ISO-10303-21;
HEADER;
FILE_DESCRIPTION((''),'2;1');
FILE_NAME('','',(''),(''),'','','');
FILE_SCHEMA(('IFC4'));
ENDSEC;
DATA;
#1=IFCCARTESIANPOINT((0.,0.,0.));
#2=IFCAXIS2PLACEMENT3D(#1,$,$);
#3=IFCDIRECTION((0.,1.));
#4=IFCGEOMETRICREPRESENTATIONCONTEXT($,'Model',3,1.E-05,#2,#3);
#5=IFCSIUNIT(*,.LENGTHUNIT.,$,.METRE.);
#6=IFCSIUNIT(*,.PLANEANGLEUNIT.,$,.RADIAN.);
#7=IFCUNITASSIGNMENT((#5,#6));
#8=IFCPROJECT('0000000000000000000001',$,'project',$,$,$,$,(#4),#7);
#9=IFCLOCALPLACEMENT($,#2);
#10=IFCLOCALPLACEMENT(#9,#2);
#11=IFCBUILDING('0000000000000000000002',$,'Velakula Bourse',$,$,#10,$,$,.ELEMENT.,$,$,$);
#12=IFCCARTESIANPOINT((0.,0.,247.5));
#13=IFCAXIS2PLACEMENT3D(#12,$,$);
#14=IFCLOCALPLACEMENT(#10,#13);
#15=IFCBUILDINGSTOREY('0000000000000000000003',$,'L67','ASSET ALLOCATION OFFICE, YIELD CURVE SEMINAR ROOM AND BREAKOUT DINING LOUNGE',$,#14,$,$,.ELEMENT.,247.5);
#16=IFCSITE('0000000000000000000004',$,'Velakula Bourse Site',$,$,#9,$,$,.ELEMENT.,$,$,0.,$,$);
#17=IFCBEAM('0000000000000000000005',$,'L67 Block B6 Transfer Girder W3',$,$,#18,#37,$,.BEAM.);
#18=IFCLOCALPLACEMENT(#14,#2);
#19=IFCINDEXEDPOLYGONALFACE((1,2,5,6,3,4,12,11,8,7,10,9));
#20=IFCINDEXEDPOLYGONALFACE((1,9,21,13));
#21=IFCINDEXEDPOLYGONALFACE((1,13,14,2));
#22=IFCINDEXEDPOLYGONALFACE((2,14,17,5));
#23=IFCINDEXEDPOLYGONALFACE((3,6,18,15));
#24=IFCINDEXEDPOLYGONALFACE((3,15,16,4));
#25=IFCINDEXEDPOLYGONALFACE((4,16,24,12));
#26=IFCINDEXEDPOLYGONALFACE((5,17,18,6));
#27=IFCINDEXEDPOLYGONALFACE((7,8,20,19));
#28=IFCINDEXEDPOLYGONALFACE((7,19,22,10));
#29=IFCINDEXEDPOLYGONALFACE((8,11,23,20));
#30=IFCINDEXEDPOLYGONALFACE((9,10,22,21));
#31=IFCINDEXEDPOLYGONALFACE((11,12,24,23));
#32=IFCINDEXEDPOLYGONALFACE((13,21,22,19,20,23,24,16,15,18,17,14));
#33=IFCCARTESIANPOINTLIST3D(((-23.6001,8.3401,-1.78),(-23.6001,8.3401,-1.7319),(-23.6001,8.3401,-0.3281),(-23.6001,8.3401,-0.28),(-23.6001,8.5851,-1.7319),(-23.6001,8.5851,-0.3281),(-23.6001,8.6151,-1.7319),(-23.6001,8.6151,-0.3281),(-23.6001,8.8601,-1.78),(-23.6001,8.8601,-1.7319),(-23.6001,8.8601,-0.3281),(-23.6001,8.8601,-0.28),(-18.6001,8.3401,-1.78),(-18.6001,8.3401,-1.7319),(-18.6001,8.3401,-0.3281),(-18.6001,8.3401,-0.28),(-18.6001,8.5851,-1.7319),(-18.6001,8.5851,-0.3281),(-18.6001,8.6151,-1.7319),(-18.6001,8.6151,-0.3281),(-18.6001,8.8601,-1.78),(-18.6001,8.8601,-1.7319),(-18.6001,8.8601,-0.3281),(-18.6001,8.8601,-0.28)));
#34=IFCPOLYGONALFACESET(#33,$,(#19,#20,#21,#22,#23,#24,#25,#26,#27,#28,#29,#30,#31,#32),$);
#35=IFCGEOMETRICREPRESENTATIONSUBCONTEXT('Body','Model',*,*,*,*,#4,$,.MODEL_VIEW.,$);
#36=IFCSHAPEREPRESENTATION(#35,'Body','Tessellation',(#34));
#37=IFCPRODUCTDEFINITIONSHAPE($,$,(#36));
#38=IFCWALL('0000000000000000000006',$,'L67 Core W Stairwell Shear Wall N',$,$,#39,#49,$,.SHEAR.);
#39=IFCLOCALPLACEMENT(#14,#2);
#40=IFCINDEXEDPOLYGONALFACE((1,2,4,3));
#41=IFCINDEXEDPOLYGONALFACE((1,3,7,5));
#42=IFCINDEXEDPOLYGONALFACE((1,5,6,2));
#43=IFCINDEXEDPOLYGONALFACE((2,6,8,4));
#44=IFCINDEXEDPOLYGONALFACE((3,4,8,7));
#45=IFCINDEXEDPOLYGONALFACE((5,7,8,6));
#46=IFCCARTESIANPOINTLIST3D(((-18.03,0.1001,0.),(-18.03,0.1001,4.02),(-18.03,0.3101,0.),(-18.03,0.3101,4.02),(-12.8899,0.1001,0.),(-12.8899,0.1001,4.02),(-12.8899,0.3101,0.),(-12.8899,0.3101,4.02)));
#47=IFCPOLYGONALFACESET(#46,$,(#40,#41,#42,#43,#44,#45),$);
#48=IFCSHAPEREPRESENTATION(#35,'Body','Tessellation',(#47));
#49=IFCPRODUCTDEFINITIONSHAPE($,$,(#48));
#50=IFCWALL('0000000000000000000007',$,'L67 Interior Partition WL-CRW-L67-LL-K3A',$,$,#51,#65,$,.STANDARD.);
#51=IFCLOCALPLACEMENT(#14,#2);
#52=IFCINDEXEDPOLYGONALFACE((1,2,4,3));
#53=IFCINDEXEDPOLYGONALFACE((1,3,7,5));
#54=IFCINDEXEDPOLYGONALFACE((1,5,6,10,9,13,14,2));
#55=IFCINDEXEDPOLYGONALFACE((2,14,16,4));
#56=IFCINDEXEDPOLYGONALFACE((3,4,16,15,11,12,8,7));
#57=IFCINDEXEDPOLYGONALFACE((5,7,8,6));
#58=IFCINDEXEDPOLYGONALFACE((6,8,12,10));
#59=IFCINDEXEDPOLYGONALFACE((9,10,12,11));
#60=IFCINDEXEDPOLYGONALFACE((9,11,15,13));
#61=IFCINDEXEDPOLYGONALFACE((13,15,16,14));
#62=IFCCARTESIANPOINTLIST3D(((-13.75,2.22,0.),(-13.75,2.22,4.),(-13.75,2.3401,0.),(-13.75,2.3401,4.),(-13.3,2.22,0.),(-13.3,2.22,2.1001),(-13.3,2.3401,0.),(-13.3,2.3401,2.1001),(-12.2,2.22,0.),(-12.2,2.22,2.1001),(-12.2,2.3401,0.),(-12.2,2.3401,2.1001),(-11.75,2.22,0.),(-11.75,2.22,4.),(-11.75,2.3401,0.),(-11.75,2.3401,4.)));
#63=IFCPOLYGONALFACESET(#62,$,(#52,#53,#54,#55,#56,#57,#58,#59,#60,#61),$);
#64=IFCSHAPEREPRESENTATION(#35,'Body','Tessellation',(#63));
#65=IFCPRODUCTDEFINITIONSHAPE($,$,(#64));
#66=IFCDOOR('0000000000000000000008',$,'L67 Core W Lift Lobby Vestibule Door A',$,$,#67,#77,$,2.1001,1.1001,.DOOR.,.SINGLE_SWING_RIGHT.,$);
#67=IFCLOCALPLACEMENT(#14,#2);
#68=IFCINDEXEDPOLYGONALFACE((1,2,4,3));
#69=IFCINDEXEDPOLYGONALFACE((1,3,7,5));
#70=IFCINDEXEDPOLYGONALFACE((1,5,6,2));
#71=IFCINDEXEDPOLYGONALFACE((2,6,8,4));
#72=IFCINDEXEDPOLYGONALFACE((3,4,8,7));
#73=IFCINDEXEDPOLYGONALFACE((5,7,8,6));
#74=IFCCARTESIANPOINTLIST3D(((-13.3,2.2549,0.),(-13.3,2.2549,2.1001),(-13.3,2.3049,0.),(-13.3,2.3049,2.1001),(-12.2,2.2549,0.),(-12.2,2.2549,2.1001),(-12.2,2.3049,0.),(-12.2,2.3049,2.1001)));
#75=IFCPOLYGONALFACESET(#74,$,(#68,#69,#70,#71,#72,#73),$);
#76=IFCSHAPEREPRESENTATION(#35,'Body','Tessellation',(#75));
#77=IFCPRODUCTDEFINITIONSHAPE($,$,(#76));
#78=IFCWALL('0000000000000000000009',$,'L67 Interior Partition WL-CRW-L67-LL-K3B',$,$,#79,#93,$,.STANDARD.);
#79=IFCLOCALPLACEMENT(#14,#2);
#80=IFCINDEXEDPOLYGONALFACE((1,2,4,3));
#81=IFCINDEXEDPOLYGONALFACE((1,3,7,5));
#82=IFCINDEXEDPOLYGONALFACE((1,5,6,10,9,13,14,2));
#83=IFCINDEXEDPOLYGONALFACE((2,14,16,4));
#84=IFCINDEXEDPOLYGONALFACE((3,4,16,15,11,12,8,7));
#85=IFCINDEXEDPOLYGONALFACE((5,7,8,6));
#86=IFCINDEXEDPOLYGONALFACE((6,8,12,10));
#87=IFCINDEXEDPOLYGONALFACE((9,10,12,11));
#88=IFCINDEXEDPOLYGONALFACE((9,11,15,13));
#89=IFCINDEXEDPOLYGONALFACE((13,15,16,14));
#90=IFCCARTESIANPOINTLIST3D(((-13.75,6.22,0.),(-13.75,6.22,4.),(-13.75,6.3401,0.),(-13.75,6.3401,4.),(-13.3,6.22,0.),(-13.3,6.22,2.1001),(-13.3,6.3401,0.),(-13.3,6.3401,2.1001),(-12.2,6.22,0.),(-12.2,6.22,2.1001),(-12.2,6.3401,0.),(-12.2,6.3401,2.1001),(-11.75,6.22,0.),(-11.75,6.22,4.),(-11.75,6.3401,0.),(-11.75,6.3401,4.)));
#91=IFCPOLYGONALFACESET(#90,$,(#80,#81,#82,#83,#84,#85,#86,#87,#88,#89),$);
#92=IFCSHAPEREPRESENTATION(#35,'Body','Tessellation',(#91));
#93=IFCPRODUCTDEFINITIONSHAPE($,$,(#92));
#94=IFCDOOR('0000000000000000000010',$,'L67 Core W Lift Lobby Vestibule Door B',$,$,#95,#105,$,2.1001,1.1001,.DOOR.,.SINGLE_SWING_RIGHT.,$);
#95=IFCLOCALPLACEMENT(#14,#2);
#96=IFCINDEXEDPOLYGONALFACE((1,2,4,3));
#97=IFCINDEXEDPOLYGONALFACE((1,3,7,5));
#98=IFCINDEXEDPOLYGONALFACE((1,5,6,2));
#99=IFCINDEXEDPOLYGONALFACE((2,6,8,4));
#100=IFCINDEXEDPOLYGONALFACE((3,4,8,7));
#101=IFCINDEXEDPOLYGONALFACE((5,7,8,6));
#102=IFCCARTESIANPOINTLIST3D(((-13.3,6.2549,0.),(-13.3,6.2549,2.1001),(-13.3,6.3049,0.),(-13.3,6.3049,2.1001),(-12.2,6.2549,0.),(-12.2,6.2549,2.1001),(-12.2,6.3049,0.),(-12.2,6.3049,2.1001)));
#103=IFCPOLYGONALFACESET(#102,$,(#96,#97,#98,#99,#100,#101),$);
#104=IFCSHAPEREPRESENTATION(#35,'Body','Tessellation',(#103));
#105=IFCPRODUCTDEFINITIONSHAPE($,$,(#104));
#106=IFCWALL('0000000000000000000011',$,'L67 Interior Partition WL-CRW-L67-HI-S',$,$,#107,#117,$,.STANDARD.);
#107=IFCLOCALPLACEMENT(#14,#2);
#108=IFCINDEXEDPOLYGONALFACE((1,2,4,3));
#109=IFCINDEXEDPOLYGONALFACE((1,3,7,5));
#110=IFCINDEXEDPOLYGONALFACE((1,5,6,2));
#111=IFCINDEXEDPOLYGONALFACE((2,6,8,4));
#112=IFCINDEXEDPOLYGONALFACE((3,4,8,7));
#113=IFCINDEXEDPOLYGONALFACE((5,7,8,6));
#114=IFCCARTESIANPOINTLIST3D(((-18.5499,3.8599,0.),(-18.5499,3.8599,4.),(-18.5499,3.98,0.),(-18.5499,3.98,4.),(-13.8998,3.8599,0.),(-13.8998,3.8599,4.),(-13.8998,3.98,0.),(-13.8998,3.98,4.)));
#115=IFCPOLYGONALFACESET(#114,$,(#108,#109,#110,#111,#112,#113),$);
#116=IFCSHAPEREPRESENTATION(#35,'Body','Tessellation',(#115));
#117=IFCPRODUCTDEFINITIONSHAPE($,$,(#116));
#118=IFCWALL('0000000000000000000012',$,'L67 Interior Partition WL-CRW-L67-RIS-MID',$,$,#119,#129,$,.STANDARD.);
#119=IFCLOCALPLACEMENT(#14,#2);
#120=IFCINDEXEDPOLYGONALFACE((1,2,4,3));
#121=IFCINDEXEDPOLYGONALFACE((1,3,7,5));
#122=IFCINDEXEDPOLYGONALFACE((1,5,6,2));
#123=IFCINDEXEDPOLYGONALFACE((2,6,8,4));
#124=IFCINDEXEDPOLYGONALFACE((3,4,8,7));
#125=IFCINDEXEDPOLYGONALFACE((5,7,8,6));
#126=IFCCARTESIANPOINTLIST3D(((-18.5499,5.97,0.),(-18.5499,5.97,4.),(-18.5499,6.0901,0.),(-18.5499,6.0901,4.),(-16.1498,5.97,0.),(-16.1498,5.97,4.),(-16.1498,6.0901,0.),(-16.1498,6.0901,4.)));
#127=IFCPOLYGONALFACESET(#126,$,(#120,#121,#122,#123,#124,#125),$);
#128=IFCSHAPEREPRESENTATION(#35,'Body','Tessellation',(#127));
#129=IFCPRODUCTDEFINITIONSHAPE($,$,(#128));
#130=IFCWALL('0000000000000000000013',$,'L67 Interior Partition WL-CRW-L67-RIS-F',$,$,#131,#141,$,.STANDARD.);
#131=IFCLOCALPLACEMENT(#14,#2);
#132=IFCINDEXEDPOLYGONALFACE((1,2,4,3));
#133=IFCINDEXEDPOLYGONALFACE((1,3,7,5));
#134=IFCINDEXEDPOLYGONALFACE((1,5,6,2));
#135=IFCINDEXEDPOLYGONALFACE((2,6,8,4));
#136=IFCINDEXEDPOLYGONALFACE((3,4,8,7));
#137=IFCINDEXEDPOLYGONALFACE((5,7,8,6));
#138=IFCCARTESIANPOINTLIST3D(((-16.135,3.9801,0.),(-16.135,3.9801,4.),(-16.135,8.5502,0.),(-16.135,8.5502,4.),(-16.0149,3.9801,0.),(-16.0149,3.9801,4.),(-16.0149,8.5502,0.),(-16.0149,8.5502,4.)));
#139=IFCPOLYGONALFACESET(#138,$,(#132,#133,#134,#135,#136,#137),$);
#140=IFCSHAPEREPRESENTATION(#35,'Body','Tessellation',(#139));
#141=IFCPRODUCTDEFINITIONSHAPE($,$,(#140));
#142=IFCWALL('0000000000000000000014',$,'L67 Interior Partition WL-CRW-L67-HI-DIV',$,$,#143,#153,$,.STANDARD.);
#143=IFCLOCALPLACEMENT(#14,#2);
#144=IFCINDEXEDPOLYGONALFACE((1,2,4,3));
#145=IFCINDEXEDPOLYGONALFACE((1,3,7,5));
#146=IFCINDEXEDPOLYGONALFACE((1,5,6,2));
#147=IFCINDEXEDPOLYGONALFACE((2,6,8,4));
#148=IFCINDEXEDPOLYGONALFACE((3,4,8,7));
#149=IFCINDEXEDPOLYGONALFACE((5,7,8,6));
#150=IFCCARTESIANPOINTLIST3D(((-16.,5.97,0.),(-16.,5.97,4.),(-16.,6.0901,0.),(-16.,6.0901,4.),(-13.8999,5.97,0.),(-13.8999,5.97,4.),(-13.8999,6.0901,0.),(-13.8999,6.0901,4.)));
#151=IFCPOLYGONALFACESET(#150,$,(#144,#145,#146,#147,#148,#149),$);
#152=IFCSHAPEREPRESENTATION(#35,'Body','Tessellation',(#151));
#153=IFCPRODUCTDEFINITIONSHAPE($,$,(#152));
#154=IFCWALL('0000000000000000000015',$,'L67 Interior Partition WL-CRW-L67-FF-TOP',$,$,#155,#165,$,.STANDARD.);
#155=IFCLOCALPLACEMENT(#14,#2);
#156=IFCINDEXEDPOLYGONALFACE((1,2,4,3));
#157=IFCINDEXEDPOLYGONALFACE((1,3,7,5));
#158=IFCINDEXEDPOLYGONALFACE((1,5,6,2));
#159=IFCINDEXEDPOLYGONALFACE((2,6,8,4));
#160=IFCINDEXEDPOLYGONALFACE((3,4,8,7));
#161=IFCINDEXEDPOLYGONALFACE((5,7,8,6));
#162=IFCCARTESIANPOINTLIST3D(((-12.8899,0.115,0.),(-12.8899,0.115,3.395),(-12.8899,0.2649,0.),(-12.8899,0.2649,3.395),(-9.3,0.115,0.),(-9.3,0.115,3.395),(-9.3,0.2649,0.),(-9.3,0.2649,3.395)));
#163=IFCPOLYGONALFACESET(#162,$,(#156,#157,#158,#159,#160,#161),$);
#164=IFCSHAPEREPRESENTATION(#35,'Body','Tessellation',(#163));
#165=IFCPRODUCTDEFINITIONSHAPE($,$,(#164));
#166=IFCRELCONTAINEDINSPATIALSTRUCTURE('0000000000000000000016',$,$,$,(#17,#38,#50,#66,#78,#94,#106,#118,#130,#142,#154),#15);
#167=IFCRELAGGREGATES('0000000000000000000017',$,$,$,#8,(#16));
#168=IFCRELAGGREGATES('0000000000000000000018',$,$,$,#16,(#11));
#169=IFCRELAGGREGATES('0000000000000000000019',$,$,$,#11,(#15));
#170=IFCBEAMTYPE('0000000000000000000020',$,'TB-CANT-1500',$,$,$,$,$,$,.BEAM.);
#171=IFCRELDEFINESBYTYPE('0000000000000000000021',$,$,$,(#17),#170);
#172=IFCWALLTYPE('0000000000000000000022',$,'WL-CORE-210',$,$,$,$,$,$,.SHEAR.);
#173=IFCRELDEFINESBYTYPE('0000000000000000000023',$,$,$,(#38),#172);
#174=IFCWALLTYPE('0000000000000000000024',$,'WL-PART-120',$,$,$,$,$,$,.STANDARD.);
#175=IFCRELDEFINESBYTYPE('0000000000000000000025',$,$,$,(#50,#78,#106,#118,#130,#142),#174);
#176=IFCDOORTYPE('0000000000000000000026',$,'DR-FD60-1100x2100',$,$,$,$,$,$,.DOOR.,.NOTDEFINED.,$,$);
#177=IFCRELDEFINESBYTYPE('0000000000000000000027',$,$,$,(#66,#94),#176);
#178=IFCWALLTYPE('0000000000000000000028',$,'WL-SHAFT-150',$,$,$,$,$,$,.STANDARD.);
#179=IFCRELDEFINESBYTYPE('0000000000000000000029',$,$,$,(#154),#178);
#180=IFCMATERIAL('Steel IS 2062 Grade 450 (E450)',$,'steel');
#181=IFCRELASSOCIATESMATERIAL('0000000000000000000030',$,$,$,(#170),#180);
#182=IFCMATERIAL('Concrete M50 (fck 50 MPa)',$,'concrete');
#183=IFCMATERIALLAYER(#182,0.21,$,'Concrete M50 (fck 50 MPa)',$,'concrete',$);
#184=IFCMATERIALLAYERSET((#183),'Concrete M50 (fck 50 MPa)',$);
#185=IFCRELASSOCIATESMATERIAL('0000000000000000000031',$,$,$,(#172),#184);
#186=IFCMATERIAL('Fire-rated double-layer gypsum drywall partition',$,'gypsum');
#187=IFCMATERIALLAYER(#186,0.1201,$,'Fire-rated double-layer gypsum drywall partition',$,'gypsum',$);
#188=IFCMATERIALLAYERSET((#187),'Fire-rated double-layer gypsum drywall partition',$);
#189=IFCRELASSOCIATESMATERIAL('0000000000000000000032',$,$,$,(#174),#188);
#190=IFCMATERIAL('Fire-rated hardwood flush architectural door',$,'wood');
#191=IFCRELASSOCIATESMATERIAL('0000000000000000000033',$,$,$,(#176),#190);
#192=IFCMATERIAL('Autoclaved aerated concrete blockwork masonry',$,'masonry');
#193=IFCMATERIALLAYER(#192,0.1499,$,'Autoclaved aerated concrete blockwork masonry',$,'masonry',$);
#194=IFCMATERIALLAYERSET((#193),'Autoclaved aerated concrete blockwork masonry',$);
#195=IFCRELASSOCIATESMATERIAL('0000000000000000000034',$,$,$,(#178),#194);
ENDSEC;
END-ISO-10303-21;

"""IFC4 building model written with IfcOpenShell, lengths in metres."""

from ifc_helpers import new_model, si_unit, direction, frame, frame_2d, origin, origin_2d, place, context, subcontext, project, spatial, rectangle, i_section, extrude, material, layer, layer_set, material_profile, profile_set, type_object, element, fill, save


model = new_model("IFC4")

# Units and contexts
model_context = context("Model", 3, precision=1e-05, world=origin(), true_north=direction((0.0, 1.0)))
body_context = subcontext(model_context, "Body", "Model", "MODEL_VIEW")
ifc_project = project(units=[si_unit("LENGTHUNIT", "METRE"), si_unit("PLANEANGLEUNIT", "RADIAN")], contexts=[model_context])

# Site, building, storey
site_placement = place(None, origin())
site = spatial("IfcSite", under=ifc_project, at=site_placement, Name="Velakula Bourse Site", CompositionType="ELEMENT", RefElevation=0.0)
building_placement = place(site_placement, origin())
building = spatial("IfcBuilding", under=site, at=building_placement, Name="Velakula Bourse", CompositionType="ELEMENT")
storey_placement = place(building_placement, frame((0.0, 0.0, 247.5)))
storey = spatial("IfcBuildingStorey", under=building, at=storey_placement, Name="L67", Description="ASSET ALLOCATION OFFICE, YIELD CURVE SEMINAR ROOM AND BREAKOUT DINING LOUNGE", CompositionType="ELEMENT", Elevation=247.5)

# Shared definitions
ifc_material_1 = material(Name="Concrete M50 (fck 50 MPa)", Category="concrete")

# Beam
ifc_material_2 = material(Name="Steel IS 2062 Grade 450 (E450)", Category="steel")
ifc_material_profile_1 = material_profile(ifc_material_2, i_section(OverallWidth=0.52, OverallDepth=1.5, WebThickness=0.03, FlangeThickness=0.0481, at=origin_2d()), Name="Steel IS 2062 Grade 450 (E450)")
ifc_profile_set_1 = profile_set([ifc_material_profile_1], Name="Steel IS 2062 Grade 450 (E450)")
beam_type_1 = type_object("IfcBeamType", Name="TB-CANT-1500", PredefinedType="BEAM", material=ifc_profile_set_1)
beam_1_placement = place(storey_placement, frame((-23.6001, 8.6001, -1.03), z_axis=(1.0, 0.0, 0.0), x_axis=(0.0, 1.0, 0.0)))
element("IfcBeam", 1, at=beam_1_placement, inside=storey, type_object=beam_type_1, Name="L67 Block B6 Transfer Girder W3", PredefinedType="BEAM", context=body_context, shape_type="SweptSolid", body=[
    extrude(i_section(OverallWidth=0.52, OverallDepth=1.5, WebThickness=0.03, FlangeThickness=0.0481, at=origin_2d()), origin(), (0.0, 0.0, 1.0), 5.0),
])

# Wall
ifc_layer_1 = layer(ifc_material_1, 0.21, Name="Concrete M50 (fck 50 MPa)", Category="concrete")
ifc_layer_set_1 = layer_set([ifc_layer_1], Name="Concrete M50 (fck 50 MPa)")
wall_type_1 = type_object("IfcWallType", Name="WL-CORE-210", PredefinedType="SHEAR", material=ifc_layer_set_1)
wall_1_placement = place(storey_placement, frame((-12.8899, 0.2051, 0.0), z_axis=(0.0, 0.0, 1.0), x_axis=(-1.0, 0.0, 0.0)))
element("IfcWall", 2, at=wall_1_placement, inside=storey, type_object=wall_type_1, Name="L67 Core W Stairwell Shear Wall N", PredefinedType="SHEAR", context=body_context, shape_type="SweptSolid", body=[
    extrude(rectangle(XDim=5.1401, YDim=0.21, at=frame_2d((2.5701, 0.0))), origin(), (0.0, 0.0, 1.0), 4.02),
])

# Walls, openings, doors
ifc_material_3 = material(Name="Fire-rated double-layer gypsum drywall partition", Category="gypsum")
ifc_layer_2 = layer(ifc_material_3, 0.1201, Name="Fire-rated double-layer gypsum drywall partition", Category="gypsum")
ifc_layer_set_2 = layer_set([ifc_layer_2], Name="Fire-rated double-layer gypsum drywall partition")
wall_type_2 = type_object("IfcWallType", Name="WL-PART-120", PredefinedType="STANDARD", material=ifc_layer_set_2)
wall_2_placement = place(storey_placement, frame((-13.75, 2.28, 0.0), z_axis=(0.0, 0.0, 1.0), x_axis=(1.0, 0.0, 0.0)))
wall_2 = element("IfcWall", 3, at=wall_2_placement, inside=storey, type_object=wall_type_2, Name="L67 Interior Partition WL-CRW-L67-LL-K3A", PredefinedType="STANDARD", context=body_context, shape_type="SweptSolid", body=[
    extrude(rectangle(XDim=2.0, YDim=0.1201, at=frame_2d((1.0, 0.0))), origin(), (0.0, 0.0, 1.0), 4.0),
])
opening_1_placement = place(wall_2_placement, frame((0.45, 0.0, 0.0)))
opening_1 = element("IfcOpeningElement", 4, at=opening_1_placement, cuts=wall_2, PredefinedType="OPENING", context=body_context, shape_type="SweptSolid", body=[
    extrude(rectangle(XDim=1.1001, YDim=2.1001, at=frame_2d((0.55, 1.05))), frame((0.0, 0.0701, 0.0), z_axis=(0.0, -1.0, 0.0), x_axis=(1.0, 0.0, 0.0)), (0.0, 0.0, 1.0), 0.1401),
])
ifc_material_4 = material(Name="Fire-rated hardwood flush architectural door", Category="wood")
door_type_1 = type_object("IfcDoorType", Name="DR-FD60-1100x2100", OperationType="NOTDEFINED", PredefinedType="DOOR", material=ifc_material_4)
door_1_placement = place(opening_1_placement, origin())
door_1 = element("IfcDoor", 5, at=door_1_placement, inside=storey, type_object=door_type_1, Name="L67 Core W Lift Lobby Vestibule Door A", OperationType="SINGLE_SWING_RIGHT", OverallHeight=2.1001, OverallWidth=1.1001, PredefinedType="DOOR", context=body_context, shape_type="SweptSolid", body=[
    extrude(rectangle(XDim=1.1001, YDim=2.1001, at=frame_2d((0.55, 1.05))), frame((0.0, 0.0249, 0.0), z_axis=(0.0, -1.0, 0.0), x_axis=(1.0, 0.0, 0.0)), (0.0, 0.0, 1.0), 0.05),
])
fill(opening_1, door_1)
wall_3_placement = place(storey_placement, frame((-13.75, 6.28, 0.0), z_axis=(0.0, 0.0, 1.0), x_axis=(1.0, 0.0, 0.0)))
wall_3 = element("IfcWall", 6, at=wall_3_placement, inside=storey, type_object=wall_type_2, Name="L67 Interior Partition WL-CRW-L67-LL-K3B", PredefinedType="STANDARD", context=body_context, shape_type="SweptSolid", body=[
    extrude(rectangle(XDim=2.0, YDim=0.1201, at=frame_2d((1.0, 0.0))), origin(), (0.0, 0.0, 1.0), 4.0),
])
opening_2_placement = place(wall_3_placement, frame((0.45, 0.0, 0.0)))
opening_2 = element("IfcOpeningElement", 7, at=opening_2_placement, cuts=wall_3, PredefinedType="OPENING", context=body_context, shape_type="SweptSolid", body=[
    extrude(rectangle(XDim=1.1001, YDim=2.1001, at=frame_2d((0.55, 1.05))), frame((0.0, 0.0701, 0.0), z_axis=(0.0, -1.0, 0.0), x_axis=(1.0, 0.0, 0.0)), (0.0, 0.0, 1.0), 0.1401),
])
door_2_placement = place(opening_2_placement, origin())
door_2 = element("IfcDoor", 8, at=door_2_placement, inside=storey, type_object=door_type_1, Name="L67 Core W Lift Lobby Vestibule Door B", OperationType="SINGLE_SWING_RIGHT", OverallHeight=2.1001, OverallWidth=1.1001, PredefinedType="DOOR", context=body_context, shape_type="SweptSolid", body=[
    extrude(rectangle(XDim=1.1001, YDim=2.1001, at=frame_2d((0.55, 1.05))), frame((0.0, 0.0249, 0.0), z_axis=(0.0, -1.0, 0.0), x_axis=(1.0, 0.0, 0.0)), (0.0, 0.0, 1.0), 0.05),
])
fill(opening_2, door_2)

# Walls
wall_4_placement = place(storey_placement, frame((-18.55, 3.9199, 0.0), z_axis=(0.0, 0.0, 1.0), x_axis=(1.0, 0.0, 0.0)))
element("IfcWall", 9, at=wall_4_placement, inside=storey, type_object=wall_type_2, Name="L67 Interior Partition WL-CRW-L67-HI-S", PredefinedType="STANDARD", context=body_context, shape_type="SweptSolid", body=[
    extrude(rectangle(XDim=4.6501, YDim=0.1201, at=frame_2d((2.3252, 0.0))), origin(), (0.0, 0.0, 1.0), 4.0),
])
wall_5_placement = place(storey_placement, frame((-18.55, 6.03, 0.0), z_axis=(0.0, 0.0, 1.0), x_axis=(1.0, 0.0, 0.0)))
element("IfcWall", 10, at=wall_5_placement, inside=storey, type_object=wall_type_2, Name="L67 Interior Partition WL-CRW-L67-RIS-MID", PredefinedType="STANDARD", context=body_context, shape_type="SweptSolid", body=[
    extrude(rectangle(XDim=2.4001, YDim=0.1201, at=frame_2d((1.2002, 0.0))), origin(), (0.0, 0.0, 1.0), 4.0),
])
wall_6_placement = place(storey_placement, frame((-16.075, 3.98, 0.0), z_axis=(0.0, 0.0, 1.0), x_axis=(0.0, 1.0, 0.0)))
element("IfcWall", 11, at=wall_6_placement, inside=storey, type_object=wall_type_2, Name="L67 Interior Partition WL-CRW-L67-RIS-F", PredefinedType="STANDARD", context=body_context, shape_type="SweptSolid", body=[
    extrude(rectangle(XDim=4.5701, YDim=0.1201, at=frame_2d((2.2852, 0.0))), origin(), (0.0, 0.0, 1.0), 4.0),
])
wall_7_placement = place(storey_placement, frame((-16.0, 6.03, 0.0), z_axis=(0.0, 0.0, 1.0), x_axis=(1.0, 0.0, 0.0)))
element("IfcWall", 12, at=wall_7_placement, inside=storey, type_object=wall_type_2, Name="L67 Interior Partition WL-CRW-L67-HI-DIV", PredefinedType="STANDARD", context=body_context, shape_type="SweptSolid", body=[
    extrude(rectangle(XDim=2.1001, YDim=0.1201, at=frame_2d((1.05, 0.0))), origin(), (0.0, 0.0, 1.0), 4.0),
])
ifc_material_5 = material(Name="Autoclaved aerated concrete blockwork masonry", Category="masonry")
ifc_layer_3 = layer(ifc_material_5, 0.1499, Name="Autoclaved aerated concrete blockwork masonry", Category="masonry")
ifc_layer_set_3 = layer_set([ifc_layer_3], Name="Autoclaved aerated concrete blockwork masonry")
wall_type_3 = type_object("IfcWallType", Name="WL-SHAFT-150", PredefinedType="STANDARD", material=ifc_layer_set_3)
wall_8_placement = place(storey_placement, frame((-12.8899, 0.1899, 0.0), z_axis=(0.0, 0.0, 1.0), x_axis=(1.0, 0.0, 0.0)))
element("IfcWall", 13, at=wall_8_placement, inside=storey, type_object=wall_type_3, Name="L67 Interior Partition WL-CRW-L67-FF-TOP", PredefinedType="STANDARD", context=body_context, shape_type="SweptSolid", body=[
    extrude(rectangle(XDim=3.5898, YDim=0.1499, at=frame_2d((1.7949, 0.0))), origin(), (0.0, 0.0, 1.0), 3.395),
])

save(model, "model.ifc")
